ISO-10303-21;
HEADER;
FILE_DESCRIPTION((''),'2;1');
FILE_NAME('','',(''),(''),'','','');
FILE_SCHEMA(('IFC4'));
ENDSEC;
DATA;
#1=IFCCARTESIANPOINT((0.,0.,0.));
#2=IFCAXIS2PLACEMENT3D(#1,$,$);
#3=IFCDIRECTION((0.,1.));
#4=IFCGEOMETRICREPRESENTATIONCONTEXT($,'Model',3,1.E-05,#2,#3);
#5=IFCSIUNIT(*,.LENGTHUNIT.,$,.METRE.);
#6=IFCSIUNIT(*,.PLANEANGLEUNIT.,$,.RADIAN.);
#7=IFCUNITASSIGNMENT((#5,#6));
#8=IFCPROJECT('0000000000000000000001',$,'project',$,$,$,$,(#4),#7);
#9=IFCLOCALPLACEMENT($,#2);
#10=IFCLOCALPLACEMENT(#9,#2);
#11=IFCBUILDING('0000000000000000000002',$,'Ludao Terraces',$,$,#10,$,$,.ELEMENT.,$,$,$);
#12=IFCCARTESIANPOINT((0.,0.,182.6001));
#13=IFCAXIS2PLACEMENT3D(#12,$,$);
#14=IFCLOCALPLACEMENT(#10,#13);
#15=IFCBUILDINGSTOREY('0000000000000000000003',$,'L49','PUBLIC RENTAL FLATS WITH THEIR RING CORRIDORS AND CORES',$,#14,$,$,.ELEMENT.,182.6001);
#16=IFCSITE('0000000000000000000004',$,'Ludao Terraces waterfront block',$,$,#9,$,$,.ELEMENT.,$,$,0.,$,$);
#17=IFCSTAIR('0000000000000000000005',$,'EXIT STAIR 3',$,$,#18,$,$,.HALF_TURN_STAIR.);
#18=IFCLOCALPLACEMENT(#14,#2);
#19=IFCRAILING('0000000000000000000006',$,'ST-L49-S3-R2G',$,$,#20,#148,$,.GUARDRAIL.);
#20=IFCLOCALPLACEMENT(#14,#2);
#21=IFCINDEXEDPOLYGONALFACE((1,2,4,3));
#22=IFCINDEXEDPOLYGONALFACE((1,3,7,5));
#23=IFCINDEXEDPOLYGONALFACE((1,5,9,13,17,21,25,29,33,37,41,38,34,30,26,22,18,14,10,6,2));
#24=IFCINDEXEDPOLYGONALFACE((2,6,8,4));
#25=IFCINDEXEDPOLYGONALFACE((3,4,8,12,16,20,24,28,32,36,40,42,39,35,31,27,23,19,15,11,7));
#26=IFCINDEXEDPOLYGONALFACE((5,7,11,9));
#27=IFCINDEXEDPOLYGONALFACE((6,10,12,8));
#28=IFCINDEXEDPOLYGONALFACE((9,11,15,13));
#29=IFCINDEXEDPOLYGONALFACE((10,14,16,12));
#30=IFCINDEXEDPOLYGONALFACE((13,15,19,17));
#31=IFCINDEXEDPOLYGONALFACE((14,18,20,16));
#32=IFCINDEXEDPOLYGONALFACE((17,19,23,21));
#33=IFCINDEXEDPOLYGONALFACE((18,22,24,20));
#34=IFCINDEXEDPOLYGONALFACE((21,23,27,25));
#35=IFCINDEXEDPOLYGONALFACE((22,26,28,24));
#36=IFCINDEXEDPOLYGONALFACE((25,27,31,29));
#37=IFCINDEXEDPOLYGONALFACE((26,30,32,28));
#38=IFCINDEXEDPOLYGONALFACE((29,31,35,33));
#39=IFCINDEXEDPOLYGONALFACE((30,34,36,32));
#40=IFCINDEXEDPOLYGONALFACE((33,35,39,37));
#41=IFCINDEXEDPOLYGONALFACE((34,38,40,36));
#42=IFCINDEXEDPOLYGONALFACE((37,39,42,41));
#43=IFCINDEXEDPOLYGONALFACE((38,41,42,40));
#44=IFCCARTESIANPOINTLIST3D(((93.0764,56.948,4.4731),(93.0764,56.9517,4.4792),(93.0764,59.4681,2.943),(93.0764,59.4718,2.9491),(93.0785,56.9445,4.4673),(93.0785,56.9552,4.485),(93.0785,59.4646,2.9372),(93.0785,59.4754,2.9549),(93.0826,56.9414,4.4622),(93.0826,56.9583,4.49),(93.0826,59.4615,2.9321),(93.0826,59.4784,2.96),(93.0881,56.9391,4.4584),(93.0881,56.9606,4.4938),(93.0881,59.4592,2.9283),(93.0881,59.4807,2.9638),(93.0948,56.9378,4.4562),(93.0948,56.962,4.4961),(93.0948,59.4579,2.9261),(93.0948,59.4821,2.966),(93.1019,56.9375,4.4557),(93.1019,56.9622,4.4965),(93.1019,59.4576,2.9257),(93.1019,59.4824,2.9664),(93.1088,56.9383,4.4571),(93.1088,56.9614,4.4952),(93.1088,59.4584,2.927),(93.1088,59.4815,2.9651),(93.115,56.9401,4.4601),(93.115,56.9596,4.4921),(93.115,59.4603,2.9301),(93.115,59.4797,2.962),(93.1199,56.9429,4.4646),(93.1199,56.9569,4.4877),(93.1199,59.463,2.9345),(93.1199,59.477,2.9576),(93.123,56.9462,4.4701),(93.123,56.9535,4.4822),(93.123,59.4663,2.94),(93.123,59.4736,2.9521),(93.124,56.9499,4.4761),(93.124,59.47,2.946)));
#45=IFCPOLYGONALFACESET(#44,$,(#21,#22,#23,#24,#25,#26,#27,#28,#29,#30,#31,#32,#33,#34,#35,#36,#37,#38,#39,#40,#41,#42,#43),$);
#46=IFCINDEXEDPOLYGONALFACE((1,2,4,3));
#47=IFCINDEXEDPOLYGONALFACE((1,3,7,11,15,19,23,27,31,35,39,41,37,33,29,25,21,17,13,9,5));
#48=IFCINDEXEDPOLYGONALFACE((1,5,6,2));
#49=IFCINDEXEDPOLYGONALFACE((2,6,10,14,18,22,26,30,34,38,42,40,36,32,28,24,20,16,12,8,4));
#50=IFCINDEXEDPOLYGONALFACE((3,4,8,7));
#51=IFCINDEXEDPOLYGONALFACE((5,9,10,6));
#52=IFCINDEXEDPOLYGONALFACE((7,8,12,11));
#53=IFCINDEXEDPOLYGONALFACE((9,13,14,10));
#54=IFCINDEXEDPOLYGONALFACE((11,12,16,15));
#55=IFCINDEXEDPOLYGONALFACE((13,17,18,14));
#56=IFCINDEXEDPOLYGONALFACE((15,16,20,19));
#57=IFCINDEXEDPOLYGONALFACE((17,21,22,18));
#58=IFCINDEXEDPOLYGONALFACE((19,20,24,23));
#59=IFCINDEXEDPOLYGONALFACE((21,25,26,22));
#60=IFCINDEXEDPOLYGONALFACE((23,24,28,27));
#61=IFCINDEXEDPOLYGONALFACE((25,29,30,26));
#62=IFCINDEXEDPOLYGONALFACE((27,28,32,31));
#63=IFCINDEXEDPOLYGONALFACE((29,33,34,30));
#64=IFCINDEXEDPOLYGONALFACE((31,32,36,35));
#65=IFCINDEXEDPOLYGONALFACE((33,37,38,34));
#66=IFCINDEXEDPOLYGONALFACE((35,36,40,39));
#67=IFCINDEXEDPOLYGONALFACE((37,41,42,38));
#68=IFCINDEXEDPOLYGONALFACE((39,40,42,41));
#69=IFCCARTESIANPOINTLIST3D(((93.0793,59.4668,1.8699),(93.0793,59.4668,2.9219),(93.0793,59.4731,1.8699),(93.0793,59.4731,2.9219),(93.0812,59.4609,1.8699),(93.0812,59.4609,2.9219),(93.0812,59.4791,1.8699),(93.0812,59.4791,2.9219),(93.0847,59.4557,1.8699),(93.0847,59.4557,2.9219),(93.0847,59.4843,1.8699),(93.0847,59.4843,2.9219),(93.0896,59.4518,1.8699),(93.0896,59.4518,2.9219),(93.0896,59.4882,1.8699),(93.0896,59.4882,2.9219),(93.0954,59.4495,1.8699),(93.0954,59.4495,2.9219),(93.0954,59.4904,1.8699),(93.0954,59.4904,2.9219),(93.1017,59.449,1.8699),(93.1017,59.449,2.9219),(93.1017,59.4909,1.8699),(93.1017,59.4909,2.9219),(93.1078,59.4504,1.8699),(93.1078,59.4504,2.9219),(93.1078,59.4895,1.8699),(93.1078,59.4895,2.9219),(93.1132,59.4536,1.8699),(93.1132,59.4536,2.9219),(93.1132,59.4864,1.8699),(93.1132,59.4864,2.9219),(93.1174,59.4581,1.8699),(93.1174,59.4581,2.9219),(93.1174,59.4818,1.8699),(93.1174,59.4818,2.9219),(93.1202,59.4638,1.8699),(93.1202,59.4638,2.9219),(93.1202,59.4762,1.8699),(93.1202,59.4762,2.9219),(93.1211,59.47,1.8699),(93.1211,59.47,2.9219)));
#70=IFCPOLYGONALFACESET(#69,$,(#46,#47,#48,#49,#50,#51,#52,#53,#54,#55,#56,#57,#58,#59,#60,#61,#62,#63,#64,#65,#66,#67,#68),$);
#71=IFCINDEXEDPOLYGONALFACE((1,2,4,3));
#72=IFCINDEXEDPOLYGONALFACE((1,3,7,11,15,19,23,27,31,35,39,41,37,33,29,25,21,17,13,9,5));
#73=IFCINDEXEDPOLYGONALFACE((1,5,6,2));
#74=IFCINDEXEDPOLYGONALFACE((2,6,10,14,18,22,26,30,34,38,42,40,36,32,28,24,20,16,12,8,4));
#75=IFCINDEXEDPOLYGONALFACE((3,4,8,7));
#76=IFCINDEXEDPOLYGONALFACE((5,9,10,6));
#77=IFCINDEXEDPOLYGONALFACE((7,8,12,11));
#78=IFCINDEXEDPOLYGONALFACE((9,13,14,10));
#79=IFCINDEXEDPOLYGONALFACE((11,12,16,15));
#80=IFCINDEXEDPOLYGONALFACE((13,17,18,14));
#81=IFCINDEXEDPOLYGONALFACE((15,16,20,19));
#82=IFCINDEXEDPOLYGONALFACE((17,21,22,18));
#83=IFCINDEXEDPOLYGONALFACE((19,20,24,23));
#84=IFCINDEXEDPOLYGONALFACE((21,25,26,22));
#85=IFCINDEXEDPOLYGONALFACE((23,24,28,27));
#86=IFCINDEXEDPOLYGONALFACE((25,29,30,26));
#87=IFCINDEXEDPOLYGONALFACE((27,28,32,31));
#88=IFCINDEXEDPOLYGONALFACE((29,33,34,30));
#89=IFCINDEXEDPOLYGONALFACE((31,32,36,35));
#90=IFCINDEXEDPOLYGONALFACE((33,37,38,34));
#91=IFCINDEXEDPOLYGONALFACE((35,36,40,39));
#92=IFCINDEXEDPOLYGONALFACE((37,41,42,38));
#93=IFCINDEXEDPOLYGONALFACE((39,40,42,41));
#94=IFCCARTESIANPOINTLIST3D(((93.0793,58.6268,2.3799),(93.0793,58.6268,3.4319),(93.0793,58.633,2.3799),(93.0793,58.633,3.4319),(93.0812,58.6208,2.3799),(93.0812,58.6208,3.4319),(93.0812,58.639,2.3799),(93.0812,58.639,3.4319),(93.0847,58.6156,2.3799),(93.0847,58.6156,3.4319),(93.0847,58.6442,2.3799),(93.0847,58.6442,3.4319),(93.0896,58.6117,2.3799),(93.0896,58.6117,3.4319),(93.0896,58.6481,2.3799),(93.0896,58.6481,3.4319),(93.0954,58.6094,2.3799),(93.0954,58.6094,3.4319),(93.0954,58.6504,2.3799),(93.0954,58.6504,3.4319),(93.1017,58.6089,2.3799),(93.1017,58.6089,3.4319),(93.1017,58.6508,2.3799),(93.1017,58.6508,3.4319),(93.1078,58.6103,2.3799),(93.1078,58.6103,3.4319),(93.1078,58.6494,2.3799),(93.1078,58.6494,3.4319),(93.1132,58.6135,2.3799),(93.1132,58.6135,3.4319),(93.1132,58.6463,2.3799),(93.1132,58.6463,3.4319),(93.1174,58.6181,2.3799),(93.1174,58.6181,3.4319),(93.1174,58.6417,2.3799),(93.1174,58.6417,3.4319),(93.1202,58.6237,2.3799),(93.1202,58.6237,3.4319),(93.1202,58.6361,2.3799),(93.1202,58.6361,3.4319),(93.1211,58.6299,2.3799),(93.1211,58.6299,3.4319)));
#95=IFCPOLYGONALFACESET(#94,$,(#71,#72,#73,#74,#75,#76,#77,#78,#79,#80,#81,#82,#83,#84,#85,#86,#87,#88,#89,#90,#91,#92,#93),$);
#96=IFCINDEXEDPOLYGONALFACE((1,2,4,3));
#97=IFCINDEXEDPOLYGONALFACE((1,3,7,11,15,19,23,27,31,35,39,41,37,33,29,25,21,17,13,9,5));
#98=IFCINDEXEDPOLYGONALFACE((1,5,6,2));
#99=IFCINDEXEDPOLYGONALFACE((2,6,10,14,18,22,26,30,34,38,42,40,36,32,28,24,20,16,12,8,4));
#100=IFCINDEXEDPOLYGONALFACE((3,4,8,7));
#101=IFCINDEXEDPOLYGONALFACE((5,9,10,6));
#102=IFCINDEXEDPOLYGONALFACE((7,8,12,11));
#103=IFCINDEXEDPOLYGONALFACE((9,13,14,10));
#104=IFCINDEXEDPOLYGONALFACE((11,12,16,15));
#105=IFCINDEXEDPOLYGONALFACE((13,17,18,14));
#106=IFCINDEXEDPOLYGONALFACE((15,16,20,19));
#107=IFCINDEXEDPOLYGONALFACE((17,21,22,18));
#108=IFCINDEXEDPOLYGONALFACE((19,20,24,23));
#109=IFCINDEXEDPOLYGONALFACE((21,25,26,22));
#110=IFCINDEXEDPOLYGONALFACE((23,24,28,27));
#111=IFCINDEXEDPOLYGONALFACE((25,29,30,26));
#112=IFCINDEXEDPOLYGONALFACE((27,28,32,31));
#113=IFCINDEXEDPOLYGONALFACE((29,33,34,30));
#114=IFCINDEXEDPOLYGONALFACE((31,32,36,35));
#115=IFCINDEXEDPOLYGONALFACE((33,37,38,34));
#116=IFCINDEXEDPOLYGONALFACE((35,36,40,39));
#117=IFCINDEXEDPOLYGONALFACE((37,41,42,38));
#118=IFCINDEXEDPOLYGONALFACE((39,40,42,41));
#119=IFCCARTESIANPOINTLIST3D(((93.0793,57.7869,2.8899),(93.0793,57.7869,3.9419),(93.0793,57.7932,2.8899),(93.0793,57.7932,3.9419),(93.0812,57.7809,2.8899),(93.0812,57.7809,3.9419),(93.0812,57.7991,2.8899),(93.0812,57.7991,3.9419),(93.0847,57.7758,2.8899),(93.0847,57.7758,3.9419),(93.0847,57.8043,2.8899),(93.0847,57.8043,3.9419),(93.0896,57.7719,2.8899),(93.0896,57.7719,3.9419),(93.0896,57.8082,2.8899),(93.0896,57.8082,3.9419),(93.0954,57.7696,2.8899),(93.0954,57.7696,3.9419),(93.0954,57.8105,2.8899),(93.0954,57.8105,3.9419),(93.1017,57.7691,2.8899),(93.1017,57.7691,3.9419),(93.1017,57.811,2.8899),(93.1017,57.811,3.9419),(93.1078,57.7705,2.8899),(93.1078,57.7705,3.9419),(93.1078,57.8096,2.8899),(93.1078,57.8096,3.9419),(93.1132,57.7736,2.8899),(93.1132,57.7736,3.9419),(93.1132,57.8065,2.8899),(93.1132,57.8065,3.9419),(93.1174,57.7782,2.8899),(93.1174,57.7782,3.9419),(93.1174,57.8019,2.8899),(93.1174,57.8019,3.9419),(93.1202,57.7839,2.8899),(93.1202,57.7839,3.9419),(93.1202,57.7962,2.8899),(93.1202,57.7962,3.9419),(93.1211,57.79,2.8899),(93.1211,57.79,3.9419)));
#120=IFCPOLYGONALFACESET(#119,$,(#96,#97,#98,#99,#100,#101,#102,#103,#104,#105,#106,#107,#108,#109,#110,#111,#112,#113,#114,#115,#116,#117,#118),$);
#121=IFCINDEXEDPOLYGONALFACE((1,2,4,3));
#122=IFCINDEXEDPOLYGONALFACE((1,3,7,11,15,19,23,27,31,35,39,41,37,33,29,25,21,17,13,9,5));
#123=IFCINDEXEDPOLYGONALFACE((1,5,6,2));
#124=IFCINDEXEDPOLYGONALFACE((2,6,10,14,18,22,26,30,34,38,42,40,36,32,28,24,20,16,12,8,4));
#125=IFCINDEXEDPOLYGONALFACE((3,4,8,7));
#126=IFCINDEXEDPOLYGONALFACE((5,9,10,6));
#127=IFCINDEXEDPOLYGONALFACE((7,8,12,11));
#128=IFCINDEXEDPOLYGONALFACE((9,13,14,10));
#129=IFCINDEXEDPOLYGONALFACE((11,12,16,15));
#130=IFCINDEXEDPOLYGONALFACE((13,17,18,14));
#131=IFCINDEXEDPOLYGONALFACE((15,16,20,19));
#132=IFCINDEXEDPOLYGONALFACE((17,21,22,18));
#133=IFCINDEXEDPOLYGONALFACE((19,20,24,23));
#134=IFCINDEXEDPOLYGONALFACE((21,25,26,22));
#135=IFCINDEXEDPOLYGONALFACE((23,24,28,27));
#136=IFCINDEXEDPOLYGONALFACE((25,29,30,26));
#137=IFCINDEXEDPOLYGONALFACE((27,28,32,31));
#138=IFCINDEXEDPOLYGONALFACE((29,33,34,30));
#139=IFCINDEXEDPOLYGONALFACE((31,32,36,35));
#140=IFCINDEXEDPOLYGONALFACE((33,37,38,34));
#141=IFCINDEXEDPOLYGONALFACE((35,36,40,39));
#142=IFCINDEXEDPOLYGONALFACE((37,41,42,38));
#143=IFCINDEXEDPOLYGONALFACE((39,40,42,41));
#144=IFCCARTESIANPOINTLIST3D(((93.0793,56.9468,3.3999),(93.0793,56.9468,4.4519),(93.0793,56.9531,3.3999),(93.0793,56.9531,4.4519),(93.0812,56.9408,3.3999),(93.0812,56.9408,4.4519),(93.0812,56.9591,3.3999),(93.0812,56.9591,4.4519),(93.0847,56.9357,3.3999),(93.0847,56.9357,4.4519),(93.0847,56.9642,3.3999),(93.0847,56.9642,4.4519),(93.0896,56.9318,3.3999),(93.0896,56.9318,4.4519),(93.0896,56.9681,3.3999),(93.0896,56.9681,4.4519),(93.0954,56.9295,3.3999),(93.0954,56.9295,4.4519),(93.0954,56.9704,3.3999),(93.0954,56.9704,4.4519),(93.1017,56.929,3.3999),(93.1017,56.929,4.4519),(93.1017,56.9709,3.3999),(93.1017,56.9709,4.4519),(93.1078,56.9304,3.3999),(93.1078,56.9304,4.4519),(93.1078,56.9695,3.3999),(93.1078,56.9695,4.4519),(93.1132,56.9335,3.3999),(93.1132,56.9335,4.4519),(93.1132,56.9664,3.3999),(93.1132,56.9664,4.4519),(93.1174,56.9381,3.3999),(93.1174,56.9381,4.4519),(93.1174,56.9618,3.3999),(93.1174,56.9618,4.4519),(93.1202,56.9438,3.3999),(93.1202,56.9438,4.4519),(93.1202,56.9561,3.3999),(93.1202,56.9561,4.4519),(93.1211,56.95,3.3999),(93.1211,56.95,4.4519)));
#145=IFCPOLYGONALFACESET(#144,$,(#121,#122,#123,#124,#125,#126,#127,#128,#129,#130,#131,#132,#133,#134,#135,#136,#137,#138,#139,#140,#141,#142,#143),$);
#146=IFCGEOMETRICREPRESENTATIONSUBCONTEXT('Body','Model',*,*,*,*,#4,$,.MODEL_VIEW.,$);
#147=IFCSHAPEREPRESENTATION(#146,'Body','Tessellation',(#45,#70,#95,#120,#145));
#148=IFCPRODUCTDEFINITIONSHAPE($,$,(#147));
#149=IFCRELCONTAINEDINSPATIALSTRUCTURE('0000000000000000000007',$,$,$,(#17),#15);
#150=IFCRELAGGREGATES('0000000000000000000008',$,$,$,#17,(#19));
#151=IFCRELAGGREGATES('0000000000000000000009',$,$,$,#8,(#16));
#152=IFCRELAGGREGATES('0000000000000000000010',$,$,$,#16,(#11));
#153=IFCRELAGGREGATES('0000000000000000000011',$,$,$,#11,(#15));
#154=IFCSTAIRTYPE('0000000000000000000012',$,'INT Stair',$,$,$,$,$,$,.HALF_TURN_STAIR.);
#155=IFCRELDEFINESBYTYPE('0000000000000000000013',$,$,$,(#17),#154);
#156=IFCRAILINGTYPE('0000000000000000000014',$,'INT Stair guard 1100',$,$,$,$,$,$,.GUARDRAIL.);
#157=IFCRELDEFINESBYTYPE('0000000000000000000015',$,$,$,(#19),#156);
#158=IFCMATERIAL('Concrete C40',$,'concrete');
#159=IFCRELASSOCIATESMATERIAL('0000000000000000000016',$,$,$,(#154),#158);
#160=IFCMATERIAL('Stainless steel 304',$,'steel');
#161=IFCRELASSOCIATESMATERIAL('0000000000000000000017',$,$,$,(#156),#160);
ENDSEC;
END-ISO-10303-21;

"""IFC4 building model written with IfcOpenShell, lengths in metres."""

from ifc_helpers import new_model, si_unit, direction, frame, origin, origin_2d, place, context, subcontext, project, spatial, circle, extrude, material, type_object, element, aggregate, save


model = new_model("IFC4")

# Units and contexts
model_context = context("Model", 3, precision=1e-05, world=origin(), true_north=direction((0.0, 1.0)))
body_context = subcontext(model_context, "Body", "Model", "MODEL_VIEW")
ifc_project = project(units=[si_unit("LENGTHUNIT", "METRE"), si_unit("PLANEANGLEUNIT", "RADIAN")], contexts=[model_context])

# Site, building, storey
site_placement = place(None, origin())
site = spatial("IfcSite", under=ifc_project, at=site_placement, Name="Ludao Terraces waterfront block", CompositionType="ELEMENT", RefElevation=0.0)
building_placement = place(site_placement, origin())
building = spatial("IfcBuilding", under=site, at=building_placement, Name="Ludao Terraces", CompositionType="ELEMENT")
storey_placement = place(building_placement, frame((0.0, 0.0, 182.6001)))
storey = spatial("IfcBuildingStorey", under=building, at=storey_placement, Name="L49", Description="PUBLIC RENTAL FLATS WITH THEIR RING CORRIDORS AND CORES", CompositionType="ELEMENT", Elevation=182.6001)

# Shared definitions
ifc_material_1 = material(Name="Concrete C40", Category="concrete")

# Stair, railing
stair_type = type_object("IfcStairType", Name="INT Stair", PredefinedType="HALF_TURN_STAIR", material=ifc_material_1)
stair_placement = place(storey_placement, origin())
stair = element("IfcStair", 1, at=stair_placement, inside=storey, type_object=stair_type, Name="EXIT STAIR 3", PredefinedType="HALF_TURN_STAIR")
ifc_material_2 = material(Name="Stainless steel 304", Category="steel")
railing_type_1 = type_object("IfcRailingType", Name="INT Stair guard 1100", PredefinedType="GUARDRAIL", material=ifc_material_2)
railing_1_placement = place(storey_placement, frame((93.1001, 59.47, 1.8699)))
railing_1 = element("IfcRailing", 2, at=railing_1_placement, type_object=railing_type_1, Name="ST-L49-S3-R2G", PredefinedType="GUARDRAIL", context=body_context, shape_type="SweptSolid", body=[
    extrude(circle(Radius=0.0239, at=origin_2d()), frame((0.0, 0.0, 1.0762), z_axis=(0.0, -0.854785, 0.518982), x_axis=(1.0, 0.0, 0.0)), (0.0, 0.0, 1.0), 2.9482),
    extrude(circle(Radius=0.021, at=origin_2d()), origin(), (0.0, 0.0, 1.0), 1.052),
    extrude(circle(Radius=0.021, at=origin_2d()), frame((0.0, -0.8401, 0.51)), (0.0, 0.0, 1.0), 1.052),
    extrude(circle(Radius=0.021, at=origin_2d()), frame((0.0, -1.6799, 1.02)), (0.0, 0.0, 1.0), 1.052),
    extrude(circle(Radius=0.021, at=origin_2d()), frame((0.0, -2.52, 1.53)), (0.0, 0.0, 1.0), 1.052),
])
aggregate(stair, [railing_1])

save(model, "model.ifc")
